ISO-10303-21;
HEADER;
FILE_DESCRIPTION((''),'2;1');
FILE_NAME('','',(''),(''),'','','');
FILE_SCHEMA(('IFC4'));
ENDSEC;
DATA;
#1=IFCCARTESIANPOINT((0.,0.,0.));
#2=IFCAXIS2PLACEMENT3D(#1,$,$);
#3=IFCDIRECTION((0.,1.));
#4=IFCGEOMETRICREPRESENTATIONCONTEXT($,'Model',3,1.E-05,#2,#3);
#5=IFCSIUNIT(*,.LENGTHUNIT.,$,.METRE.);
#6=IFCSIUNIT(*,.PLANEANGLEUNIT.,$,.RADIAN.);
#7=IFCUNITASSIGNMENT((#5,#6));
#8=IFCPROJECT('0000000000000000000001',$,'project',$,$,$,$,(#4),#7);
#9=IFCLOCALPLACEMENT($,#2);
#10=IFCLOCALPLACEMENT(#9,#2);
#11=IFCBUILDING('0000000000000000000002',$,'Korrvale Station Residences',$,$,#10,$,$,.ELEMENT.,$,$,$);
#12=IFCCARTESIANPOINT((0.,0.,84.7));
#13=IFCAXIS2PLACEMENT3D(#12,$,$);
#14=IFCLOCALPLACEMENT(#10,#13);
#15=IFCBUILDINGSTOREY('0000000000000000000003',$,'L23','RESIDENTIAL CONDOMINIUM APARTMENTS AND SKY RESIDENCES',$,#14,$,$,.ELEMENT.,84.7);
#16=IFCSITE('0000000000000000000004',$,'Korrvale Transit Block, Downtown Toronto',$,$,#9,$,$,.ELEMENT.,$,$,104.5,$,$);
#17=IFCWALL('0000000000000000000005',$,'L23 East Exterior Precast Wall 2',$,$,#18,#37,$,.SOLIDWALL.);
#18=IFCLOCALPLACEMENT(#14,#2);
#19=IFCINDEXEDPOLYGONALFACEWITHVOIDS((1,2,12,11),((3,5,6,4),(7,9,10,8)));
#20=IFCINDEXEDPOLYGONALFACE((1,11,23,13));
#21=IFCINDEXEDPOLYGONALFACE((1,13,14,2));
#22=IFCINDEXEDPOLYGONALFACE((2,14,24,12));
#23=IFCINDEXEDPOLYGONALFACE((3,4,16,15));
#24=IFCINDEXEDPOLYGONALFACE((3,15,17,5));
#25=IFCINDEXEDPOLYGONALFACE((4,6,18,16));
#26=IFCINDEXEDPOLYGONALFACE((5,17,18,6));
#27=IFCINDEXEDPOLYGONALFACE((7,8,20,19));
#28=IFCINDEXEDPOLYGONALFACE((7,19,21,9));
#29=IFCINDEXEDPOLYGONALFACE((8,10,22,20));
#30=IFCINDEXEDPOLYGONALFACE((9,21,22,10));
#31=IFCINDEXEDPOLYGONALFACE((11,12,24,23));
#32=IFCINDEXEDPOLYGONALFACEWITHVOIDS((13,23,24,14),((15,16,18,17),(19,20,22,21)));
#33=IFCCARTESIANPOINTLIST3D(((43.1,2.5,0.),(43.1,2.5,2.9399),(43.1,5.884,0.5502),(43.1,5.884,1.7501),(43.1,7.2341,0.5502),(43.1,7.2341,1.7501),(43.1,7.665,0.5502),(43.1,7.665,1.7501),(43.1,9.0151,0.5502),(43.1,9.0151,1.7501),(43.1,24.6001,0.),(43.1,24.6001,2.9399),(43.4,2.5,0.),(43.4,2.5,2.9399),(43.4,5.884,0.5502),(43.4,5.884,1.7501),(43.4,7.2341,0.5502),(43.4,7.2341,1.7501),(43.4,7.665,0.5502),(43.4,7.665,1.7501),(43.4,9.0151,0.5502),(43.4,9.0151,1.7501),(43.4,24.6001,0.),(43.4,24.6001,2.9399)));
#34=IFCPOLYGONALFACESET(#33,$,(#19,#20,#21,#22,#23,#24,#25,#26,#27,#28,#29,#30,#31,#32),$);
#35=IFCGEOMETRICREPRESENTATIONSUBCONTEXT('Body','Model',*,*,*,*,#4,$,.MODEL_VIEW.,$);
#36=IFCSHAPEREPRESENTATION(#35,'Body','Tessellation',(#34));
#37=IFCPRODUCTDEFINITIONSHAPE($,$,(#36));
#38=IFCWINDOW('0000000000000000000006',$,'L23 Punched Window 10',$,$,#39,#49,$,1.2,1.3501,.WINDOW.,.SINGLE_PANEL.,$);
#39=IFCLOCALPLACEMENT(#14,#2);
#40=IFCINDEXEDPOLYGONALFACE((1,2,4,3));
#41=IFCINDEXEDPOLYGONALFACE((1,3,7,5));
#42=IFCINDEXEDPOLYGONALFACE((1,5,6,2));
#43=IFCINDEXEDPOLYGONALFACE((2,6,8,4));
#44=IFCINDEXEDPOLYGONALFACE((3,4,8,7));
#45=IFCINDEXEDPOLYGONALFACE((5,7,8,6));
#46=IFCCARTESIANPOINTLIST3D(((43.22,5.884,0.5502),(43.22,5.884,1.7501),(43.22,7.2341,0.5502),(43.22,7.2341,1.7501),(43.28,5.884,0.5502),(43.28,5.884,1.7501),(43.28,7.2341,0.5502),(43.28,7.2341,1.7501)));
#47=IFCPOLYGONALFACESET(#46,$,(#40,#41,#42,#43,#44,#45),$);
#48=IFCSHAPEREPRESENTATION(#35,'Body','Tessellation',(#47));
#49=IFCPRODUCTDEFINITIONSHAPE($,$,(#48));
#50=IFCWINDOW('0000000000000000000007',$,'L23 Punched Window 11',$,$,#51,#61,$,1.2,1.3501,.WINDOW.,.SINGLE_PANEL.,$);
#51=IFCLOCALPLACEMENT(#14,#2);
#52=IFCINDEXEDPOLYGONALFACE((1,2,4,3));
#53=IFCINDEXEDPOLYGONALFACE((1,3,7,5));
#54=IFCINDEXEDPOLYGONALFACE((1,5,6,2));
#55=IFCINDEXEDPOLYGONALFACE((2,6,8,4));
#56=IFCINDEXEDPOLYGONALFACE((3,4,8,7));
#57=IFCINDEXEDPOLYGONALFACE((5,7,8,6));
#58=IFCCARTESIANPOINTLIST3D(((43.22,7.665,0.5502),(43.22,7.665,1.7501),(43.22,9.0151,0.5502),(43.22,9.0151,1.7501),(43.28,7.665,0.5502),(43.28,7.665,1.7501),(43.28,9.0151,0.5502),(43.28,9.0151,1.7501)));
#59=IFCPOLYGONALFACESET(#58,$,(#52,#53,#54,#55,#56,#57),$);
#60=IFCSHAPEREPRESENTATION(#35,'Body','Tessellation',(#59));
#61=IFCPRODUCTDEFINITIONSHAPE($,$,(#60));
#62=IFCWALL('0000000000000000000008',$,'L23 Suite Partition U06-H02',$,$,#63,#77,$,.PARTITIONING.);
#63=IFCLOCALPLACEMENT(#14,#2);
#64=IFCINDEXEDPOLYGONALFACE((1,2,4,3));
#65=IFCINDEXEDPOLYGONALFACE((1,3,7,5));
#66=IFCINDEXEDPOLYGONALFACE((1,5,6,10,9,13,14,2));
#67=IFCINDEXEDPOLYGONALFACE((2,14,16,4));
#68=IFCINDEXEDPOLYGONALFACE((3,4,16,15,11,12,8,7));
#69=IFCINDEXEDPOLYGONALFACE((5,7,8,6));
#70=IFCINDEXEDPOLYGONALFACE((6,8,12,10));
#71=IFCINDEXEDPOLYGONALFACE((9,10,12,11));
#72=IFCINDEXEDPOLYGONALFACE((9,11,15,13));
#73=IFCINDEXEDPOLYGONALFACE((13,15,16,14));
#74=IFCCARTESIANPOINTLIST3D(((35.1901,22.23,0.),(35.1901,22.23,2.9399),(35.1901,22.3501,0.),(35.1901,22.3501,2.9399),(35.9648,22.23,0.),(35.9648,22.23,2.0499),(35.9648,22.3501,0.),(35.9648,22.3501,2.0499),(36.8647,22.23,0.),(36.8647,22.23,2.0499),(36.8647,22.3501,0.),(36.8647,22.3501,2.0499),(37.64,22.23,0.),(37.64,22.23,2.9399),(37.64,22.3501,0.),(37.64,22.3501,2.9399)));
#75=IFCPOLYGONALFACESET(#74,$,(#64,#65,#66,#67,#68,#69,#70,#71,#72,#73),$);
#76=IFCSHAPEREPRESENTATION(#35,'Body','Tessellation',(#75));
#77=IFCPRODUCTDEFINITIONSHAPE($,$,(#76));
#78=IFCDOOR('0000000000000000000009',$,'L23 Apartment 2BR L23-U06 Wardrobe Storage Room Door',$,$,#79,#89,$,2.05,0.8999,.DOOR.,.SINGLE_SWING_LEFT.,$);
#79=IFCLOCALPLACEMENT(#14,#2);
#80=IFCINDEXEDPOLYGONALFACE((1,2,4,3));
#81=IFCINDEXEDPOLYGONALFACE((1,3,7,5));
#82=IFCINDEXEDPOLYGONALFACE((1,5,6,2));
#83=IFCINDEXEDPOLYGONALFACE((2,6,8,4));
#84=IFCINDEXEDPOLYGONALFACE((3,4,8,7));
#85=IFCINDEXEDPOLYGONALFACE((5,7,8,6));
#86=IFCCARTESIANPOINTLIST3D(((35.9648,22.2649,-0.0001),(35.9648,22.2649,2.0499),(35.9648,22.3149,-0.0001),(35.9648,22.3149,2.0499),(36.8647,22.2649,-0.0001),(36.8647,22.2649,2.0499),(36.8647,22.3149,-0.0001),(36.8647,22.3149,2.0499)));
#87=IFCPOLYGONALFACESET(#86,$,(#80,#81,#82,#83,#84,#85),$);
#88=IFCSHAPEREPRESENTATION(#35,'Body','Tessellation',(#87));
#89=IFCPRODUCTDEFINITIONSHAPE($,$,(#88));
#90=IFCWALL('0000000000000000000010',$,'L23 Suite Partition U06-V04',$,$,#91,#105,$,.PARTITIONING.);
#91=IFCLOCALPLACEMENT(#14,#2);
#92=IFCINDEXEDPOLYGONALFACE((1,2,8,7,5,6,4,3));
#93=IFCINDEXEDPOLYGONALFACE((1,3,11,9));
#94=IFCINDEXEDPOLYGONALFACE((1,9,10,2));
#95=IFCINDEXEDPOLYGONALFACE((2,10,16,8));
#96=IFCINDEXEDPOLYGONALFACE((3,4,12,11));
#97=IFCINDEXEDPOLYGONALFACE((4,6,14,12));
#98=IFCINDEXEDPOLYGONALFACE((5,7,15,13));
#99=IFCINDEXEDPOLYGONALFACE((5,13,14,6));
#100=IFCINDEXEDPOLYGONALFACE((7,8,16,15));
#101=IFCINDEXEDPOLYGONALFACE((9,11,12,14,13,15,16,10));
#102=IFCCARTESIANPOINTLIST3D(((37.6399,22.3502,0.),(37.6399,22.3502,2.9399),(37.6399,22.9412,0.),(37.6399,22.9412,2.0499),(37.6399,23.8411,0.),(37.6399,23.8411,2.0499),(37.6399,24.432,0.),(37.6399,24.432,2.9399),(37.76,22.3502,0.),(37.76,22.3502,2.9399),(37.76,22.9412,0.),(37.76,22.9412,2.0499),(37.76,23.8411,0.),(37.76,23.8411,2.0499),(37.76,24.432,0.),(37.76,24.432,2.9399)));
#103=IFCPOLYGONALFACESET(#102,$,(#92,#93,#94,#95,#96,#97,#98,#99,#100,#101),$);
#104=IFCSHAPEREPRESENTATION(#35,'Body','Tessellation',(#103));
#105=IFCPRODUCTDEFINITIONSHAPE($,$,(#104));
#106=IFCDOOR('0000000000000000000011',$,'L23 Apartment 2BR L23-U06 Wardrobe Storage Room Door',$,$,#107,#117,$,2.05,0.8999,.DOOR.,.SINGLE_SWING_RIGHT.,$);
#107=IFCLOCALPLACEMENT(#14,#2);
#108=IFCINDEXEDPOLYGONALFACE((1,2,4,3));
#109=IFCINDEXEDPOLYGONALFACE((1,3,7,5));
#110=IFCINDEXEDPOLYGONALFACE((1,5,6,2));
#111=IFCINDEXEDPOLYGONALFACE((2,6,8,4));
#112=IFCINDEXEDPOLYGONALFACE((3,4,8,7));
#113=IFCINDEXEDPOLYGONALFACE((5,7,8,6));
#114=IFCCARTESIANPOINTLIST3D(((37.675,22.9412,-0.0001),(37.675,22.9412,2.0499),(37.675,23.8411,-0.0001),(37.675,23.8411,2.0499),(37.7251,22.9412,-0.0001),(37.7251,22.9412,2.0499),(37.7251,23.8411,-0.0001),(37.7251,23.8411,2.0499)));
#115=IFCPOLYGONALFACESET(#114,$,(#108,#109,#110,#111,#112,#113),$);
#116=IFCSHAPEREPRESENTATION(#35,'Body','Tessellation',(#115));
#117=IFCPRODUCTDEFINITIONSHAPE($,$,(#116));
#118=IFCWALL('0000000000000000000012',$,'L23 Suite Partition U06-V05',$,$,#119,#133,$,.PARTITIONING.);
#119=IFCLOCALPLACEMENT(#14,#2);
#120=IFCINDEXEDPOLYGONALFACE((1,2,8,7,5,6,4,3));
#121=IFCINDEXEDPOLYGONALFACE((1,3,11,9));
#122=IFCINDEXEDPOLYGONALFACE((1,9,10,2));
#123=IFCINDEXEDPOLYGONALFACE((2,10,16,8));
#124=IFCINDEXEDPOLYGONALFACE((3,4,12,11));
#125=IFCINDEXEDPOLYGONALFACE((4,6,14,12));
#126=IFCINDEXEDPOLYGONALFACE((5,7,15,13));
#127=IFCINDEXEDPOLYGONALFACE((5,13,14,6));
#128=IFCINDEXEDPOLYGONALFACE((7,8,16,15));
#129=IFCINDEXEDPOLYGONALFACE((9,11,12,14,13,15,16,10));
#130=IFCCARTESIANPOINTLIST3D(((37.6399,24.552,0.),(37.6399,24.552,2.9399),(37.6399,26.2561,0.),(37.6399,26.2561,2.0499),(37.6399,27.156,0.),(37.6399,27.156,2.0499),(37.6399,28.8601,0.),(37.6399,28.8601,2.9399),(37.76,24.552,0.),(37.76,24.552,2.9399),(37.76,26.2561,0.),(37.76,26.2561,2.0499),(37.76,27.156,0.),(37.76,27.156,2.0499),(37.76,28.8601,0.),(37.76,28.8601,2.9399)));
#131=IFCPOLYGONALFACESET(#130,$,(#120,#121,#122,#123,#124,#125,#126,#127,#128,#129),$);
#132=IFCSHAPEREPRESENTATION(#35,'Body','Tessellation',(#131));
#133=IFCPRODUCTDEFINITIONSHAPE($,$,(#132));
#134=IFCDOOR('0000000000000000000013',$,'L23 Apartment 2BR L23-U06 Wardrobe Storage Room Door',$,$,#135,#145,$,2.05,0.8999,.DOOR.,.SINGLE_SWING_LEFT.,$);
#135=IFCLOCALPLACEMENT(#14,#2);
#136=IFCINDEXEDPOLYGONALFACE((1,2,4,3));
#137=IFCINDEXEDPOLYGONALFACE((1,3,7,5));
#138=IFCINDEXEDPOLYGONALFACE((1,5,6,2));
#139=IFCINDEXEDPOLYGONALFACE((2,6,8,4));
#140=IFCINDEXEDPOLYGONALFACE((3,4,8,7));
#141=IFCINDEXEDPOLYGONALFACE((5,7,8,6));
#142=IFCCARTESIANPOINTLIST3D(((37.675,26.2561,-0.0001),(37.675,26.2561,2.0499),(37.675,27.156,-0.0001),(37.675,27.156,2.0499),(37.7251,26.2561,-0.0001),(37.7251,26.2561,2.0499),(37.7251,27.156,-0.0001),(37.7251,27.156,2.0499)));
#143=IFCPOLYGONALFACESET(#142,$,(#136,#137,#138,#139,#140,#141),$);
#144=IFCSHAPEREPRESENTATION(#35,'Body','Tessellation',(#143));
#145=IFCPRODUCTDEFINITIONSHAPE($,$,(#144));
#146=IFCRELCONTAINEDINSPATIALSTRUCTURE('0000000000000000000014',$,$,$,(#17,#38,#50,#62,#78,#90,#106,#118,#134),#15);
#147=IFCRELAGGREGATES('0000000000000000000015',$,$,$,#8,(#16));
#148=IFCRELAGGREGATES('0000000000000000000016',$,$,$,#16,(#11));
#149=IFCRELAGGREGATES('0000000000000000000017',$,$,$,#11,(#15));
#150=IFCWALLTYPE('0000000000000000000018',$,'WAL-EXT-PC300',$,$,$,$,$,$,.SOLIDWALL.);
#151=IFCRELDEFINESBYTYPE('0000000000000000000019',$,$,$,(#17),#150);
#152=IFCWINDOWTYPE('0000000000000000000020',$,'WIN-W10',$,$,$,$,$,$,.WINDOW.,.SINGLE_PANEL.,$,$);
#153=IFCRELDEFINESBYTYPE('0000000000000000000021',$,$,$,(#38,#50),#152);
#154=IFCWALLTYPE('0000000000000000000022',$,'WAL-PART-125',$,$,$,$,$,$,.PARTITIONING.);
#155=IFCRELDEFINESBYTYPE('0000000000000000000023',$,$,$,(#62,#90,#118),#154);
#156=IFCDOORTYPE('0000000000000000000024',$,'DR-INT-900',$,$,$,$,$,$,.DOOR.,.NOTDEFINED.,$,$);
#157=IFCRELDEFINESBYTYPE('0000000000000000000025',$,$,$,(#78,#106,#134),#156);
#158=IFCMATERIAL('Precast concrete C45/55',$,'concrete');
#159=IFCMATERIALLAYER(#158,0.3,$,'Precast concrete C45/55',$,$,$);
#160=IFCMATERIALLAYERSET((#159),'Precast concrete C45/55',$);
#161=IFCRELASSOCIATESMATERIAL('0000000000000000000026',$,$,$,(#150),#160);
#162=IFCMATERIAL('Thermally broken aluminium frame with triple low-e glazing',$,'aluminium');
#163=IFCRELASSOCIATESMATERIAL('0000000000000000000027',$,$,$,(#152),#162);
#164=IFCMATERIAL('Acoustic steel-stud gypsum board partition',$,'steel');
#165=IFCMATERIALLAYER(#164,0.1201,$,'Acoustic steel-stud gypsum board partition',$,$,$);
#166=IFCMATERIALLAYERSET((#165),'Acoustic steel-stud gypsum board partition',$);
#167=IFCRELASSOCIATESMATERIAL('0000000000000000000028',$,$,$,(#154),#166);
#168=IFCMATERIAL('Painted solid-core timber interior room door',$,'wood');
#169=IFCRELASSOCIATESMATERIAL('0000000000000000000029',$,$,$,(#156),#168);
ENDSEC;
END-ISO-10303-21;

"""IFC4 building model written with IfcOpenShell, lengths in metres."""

from ifc_helpers import new_model, si_unit, direction, frame, frame_2d, origin, place, context, subcontext, project, spatial, rectangle, extrude, material, layer, layer_set, type_object, element, fill, save


model = new_model("IFC4")

# Units and contexts
model_context = context("Model", 3, precision=1e-05, world=origin(), true_north=direction((0.0, 1.0)))
body_context = subcontext(model_context, "Body", "Model", "MODEL_VIEW")
ifc_project = project(units=[si_unit("LENGTHUNIT", "METRE"), si_unit("PLANEANGLEUNIT", "RADIAN")], contexts=[model_context])

# Site, building, storey
site_placement = place(None, origin())
site = spatial("IfcSite", under=ifc_project, at=site_placement, Name="Korrvale Transit Block, Downtown Toronto", CompositionType="ELEMENT", RefElevation=104.5)
building_placement = place(site_placement, origin())
building = spatial("IfcBuilding", under=site, at=building_placement, Name="Korrvale Station Residences", CompositionType="ELEMENT")
storey_placement = place(building_placement, frame((0.0, 0.0, 84.7)))
storey = spatial("IfcBuildingStorey", under=building, at=storey_placement, Name="L23", Description="RESIDENTIAL CONDOMINIUM APARTMENTS AND SKY RESIDENCES", CompositionType="ELEMENT", Elevation=84.7)

# Shared definitions
ifc_material_1 = material(Name="Precast concrete C45/55", Category="concrete")

# Shared definitions
ifc_material_2 = material(Name="Thermally broken aluminium frame with triple low-e glazing", Category="aluminium")

# Wall, openings, windows
ifc_layer_1 = layer(ifc_material_1, 0.3, Name="Precast concrete C45/55")
ifc_layer_set_1 = layer_set([ifc_layer_1], Name="Precast concrete C45/55")
wall_type_1 = type_object("IfcWallType", Name="WAL-EXT-PC300", PredefinedType="SOLIDWALL", material=ifc_layer_set_1)
wall_1_placement = place(storey_placement, frame((43.25, 24.6001, 0.0), z_axis=(0.0, 0.0, 1.0), x_axis=(0.0, -1.0, 0.0)))
wall_1 = element("IfcWall", 1, at=wall_1_placement, inside=storey, type_object=wall_type_1, Name="L23 East Exterior Precast Wall 2", PredefinedType="SOLIDWALL", context=body_context, shape_type="SweptSolid", body=[
    extrude(rectangle(XDim=22.1001, YDim=0.3, at=frame_2d((11.05, 0.0))), origin(), (0.0, 0.0, 1.0), 2.9399),
])
opening_1_placement = place(wall_1_placement, frame((17.366, 0.0, 0.55)))
opening_1 = element("IfcOpeningElement", 2, at=opening_1_placement, cuts=wall_1, PredefinedType="OPENING", context=body_context, shape_type="SweptSolid", body=[
    extrude(rectangle(XDim=1.3501, YDim=1.2, at=frame_2d((0.675, 0.6001))), frame((0.0, 0.1602, 0.0), z_axis=(0.0, -1.0, 0.0), x_axis=(1.0, 0.0, 0.0)), (0.0, 0.0, 1.0), 0.3201),
])
opening_2_placement = place(wall_1_placement, frame((15.585, 0.0, 0.55)))
opening_2 = element("IfcOpeningElement", 3, at=opening_2_placement, cuts=wall_1, PredefinedType="OPENING", context=body_context, shape_type="SweptSolid", body=[
    extrude(rectangle(XDim=1.3501, YDim=1.2, at=frame_2d((0.675, 0.6001))), frame((0.0, 0.1602, 0.0), z_axis=(0.0, -1.0, 0.0), x_axis=(1.0, 0.0, 0.0)), (0.0, 0.0, 1.0), 0.3201),
])
window_type_1 = type_object("IfcWindowType", Name="WIN-W10", PartitioningType="SINGLE_PANEL", PredefinedType="WINDOW", material=ifc_material_2)
window_1_placement = place(opening_1_placement, origin())
window_1 = element("IfcWindow", 4, at=window_1_placement, inside=storey, type_object=window_type_1, Name="L23 Punched Window 10", OverallHeight=1.2, OverallWidth=1.3501, PartitioningType="SINGLE_PANEL", PredefinedType="WINDOW", context=body_context, shape_type="SweptSolid", body=[
    extrude(rectangle(XDim=1.3501, YDim=1.2, at=frame_2d((0.675, 0.6001))), frame((0.0, 0.03, 0.0), z_axis=(0.0, -1.0, 0.0), x_axis=(1.0, 0.0, 0.0)), (0.0, 0.0, 1.0), 0.0601),
])
fill(opening_1, window_1)
window_2_placement = place(opening_2_placement, origin())
window_2 = element("IfcWindow", 5, at=window_2_placement, inside=storey, type_object=window_type_1, Name="L23 Punched Window 11", OverallHeight=1.2, OverallWidth=1.3501, PartitioningType="SINGLE_PANEL", PredefinedType="WINDOW", context=body_context, shape_type="SweptSolid", body=[
    extrude(rectangle(XDim=1.3501, YDim=1.2, at=frame_2d((0.675, 0.6001))), frame((0.0, 0.03, 0.0), z_axis=(0.0, -1.0, 0.0), x_axis=(1.0, 0.0, 0.0)), (0.0, 0.0, 1.0), 0.0601),
])
fill(opening_2, window_2)

# Walls, openings, doors
ifc_material_3 = material(Name="Acoustic steel-stud gypsum board partition", Category="steel")
ifc_layer_2 = layer(ifc_material_3, 0.1201, Name="Acoustic steel-stud gypsum board partition")
ifc_layer_set_2 = layer_set([ifc_layer_2], Name="Acoustic steel-stud gypsum board partition")
wall_type_2 = type_object("IfcWallType", Name="WAL-PART-125", PredefinedType="PARTITIONING", material=ifc_layer_set_2)
wall_2_placement = place(storey_placement, frame((35.1899, 22.29, 0.0), z_axis=(0.0, 0.0, 1.0), x_axis=(1.0, 0.0, 0.0)))
wall_2 = element("IfcWall", 6, at=wall_2_placement, inside=storey, type_object=wall_type_2, Name="L23 Suite Partition U06-H02", PredefinedType="PARTITIONING", context=body_context, shape_type="SweptSolid", body=[
    extrude(rectangle(XDim=2.45, YDim=0.1201, at=frame_2d((1.2251, 0.0))), origin(), (0.0, 0.0, 1.0), 2.9399),
])
opening_3_placement = place(wall_2_placement, frame((0.7749, 0.0, 0.0)))
opening_3 = element("IfcOpeningElement", 7, at=opening_3_placement, cuts=wall_2, PredefinedType="OPENING", context=body_context, shape_type="SweptSolid", body=[
    extrude(rectangle(XDim=0.8999, YDim=2.05, at=frame_2d((0.45, 1.0249))), frame((0.0, 0.0701, 0.0), z_axis=(0.0, -1.0, 0.0), x_axis=(1.0, 0.0, 0.0)), (0.0, 0.0, 1.0), 0.1401),
])
ifc_material_4 = material(Name="Painted solid-core timber interior room door", Category="wood")
door_type_1 = type_object("IfcDoorType", Name="DR-INT-900", OperationType="NOTDEFINED", PredefinedType="DOOR", material=ifc_material_4)
door_1_placement = place(opening_3_placement, origin())
door_1 = element("IfcDoor", 8, at=door_1_placement, inside=storey, type_object=door_type_1, Name="L23 Apartment 2BR L23-U06 Wardrobe Storage Room Door", OperationType="SINGLE_SWING_LEFT", OverallHeight=2.05, OverallWidth=0.8999, PredefinedType="DOOR", context=body_context, shape_type="SweptSolid", body=[
    extrude(rectangle(XDim=0.8999, YDim=2.05, at=frame_2d((0.45, 1.0249))), frame((0.0, 0.0249, 0.0), z_axis=(0.0, -1.0, 0.0), x_axis=(1.0, 0.0, 0.0)), (0.0, 0.0, 1.0), 0.05),
])
fill(opening_3, door_1)
wall_3_placement = place(storey_placement, frame((37.7, 22.3501, 0.0), z_axis=(0.0, 0.0, 1.0), x_axis=(0.0, 1.0, 0.0)))
wall_3 = element("IfcWall", 9, at=wall_3_placement, inside=storey, type_object=wall_type_2, Name="L23 Suite Partition U06-V04", PredefinedType="PARTITIONING", context=body_context, shape_type="SweptSolid", body=[
    extrude(rectangle(XDim=2.0818, YDim=0.1201, at=frame_2d((1.041, 0.0))), origin(), (0.0, 0.0, 1.0), 2.9399),
])
opening_4_placement = place(wall_3_placement, frame((0.5911, 0.0, 0.0)))
opening_4 = element("IfcOpeningElement", 10, at=opening_4_placement, cuts=wall_3, PredefinedType="OPENING", context=body_context, shape_type="SweptSolid", body=[
    extrude(rectangle(XDim=0.8999, YDim=2.05, at=frame_2d((0.45, 1.0249))), frame((0.0, 0.0701, 0.0), z_axis=(0.0, -1.0, 0.0), x_axis=(1.0, 0.0, 0.0)), (0.0, 0.0, 1.0), 0.1401),
])
door_2_placement = place(opening_4_placement, origin())
door_2 = element("IfcDoor", 11, at=door_2_placement, inside=storey, type_object=door_type_1, Name="L23 Apartment 2BR L23-U06 Wardrobe Storage Room Door", OperationType="SINGLE_SWING_RIGHT", OverallHeight=2.05, OverallWidth=0.8999, PredefinedType="DOOR", context=body_context, shape_type="SweptSolid", body=[
    extrude(rectangle(XDim=0.8999, YDim=2.05, at=frame_2d((0.45, 1.0249))), frame((0.0, 0.0249, 0.0), z_axis=(0.0, -1.0, 0.0), x_axis=(1.0, 0.0, 0.0)), (0.0, 0.0, 1.0), 0.05),
])
fill(opening_4, door_2)
wall_4_placement = place(storey_placement, frame((37.7, 24.552, 0.0), z_axis=(0.0, 0.0, 1.0), x_axis=(0.0, 1.0, 0.0)))
wall_4 = element("IfcWall", 12, at=wall_4_placement, inside=storey, type_object=wall_type_2, Name="L23 Suite Partition U06-V05", PredefinedType="PARTITIONING", context=body_context, shape_type="SweptSolid", body=[
    extrude(rectangle(XDim=4.3081, YDim=0.1201, at=frame_2d((2.1541, 0.0))), origin(), (0.0, 0.0, 1.0), 2.9399),
])
opening_5_placement = place(wall_4_placement, frame((1.7041, 0.0, 0.0)))
opening_5 = element("IfcOpeningElement", 13, at=opening_5_placement, cuts=wall_4, PredefinedType="OPENING", context=body_context, shape_type="SweptSolid", body=[
    extrude(rectangle(XDim=0.8999, YDim=2.05, at=frame_2d((0.45, 1.0249))), frame((0.0, 0.0701, 0.0), z_axis=(0.0, -1.0, 0.0), x_axis=(1.0, 0.0, 0.0)), (0.0, 0.0, 1.0), 0.1401),
])
door_3_placement = place(opening_5_placement, origin())
door_3 = element("IfcDoor", 14, at=door_3_placement, inside=storey, type_object=door_type_1, Name="L23 Apartment 2BR L23-U06 Wardrobe Storage Room Door", OperationType="SINGLE_SWING_LEFT", OverallHeight=2.05, OverallWidth=0.8999, PredefinedType="DOOR", context=body_context, shape_type="SweptSolid", body=[
    extrude(rectangle(XDim=0.8999, YDim=2.05, at=frame_2d((0.45, 1.0249))), frame((0.0, 0.0249, 0.0), z_axis=(0.0, -1.0, 0.0), x_axis=(1.0, 0.0, 0.0)), (0.0, 0.0, 1.0), 0.05),
])
fill(opening_5, door_3)

save(model, "model.ifc")
